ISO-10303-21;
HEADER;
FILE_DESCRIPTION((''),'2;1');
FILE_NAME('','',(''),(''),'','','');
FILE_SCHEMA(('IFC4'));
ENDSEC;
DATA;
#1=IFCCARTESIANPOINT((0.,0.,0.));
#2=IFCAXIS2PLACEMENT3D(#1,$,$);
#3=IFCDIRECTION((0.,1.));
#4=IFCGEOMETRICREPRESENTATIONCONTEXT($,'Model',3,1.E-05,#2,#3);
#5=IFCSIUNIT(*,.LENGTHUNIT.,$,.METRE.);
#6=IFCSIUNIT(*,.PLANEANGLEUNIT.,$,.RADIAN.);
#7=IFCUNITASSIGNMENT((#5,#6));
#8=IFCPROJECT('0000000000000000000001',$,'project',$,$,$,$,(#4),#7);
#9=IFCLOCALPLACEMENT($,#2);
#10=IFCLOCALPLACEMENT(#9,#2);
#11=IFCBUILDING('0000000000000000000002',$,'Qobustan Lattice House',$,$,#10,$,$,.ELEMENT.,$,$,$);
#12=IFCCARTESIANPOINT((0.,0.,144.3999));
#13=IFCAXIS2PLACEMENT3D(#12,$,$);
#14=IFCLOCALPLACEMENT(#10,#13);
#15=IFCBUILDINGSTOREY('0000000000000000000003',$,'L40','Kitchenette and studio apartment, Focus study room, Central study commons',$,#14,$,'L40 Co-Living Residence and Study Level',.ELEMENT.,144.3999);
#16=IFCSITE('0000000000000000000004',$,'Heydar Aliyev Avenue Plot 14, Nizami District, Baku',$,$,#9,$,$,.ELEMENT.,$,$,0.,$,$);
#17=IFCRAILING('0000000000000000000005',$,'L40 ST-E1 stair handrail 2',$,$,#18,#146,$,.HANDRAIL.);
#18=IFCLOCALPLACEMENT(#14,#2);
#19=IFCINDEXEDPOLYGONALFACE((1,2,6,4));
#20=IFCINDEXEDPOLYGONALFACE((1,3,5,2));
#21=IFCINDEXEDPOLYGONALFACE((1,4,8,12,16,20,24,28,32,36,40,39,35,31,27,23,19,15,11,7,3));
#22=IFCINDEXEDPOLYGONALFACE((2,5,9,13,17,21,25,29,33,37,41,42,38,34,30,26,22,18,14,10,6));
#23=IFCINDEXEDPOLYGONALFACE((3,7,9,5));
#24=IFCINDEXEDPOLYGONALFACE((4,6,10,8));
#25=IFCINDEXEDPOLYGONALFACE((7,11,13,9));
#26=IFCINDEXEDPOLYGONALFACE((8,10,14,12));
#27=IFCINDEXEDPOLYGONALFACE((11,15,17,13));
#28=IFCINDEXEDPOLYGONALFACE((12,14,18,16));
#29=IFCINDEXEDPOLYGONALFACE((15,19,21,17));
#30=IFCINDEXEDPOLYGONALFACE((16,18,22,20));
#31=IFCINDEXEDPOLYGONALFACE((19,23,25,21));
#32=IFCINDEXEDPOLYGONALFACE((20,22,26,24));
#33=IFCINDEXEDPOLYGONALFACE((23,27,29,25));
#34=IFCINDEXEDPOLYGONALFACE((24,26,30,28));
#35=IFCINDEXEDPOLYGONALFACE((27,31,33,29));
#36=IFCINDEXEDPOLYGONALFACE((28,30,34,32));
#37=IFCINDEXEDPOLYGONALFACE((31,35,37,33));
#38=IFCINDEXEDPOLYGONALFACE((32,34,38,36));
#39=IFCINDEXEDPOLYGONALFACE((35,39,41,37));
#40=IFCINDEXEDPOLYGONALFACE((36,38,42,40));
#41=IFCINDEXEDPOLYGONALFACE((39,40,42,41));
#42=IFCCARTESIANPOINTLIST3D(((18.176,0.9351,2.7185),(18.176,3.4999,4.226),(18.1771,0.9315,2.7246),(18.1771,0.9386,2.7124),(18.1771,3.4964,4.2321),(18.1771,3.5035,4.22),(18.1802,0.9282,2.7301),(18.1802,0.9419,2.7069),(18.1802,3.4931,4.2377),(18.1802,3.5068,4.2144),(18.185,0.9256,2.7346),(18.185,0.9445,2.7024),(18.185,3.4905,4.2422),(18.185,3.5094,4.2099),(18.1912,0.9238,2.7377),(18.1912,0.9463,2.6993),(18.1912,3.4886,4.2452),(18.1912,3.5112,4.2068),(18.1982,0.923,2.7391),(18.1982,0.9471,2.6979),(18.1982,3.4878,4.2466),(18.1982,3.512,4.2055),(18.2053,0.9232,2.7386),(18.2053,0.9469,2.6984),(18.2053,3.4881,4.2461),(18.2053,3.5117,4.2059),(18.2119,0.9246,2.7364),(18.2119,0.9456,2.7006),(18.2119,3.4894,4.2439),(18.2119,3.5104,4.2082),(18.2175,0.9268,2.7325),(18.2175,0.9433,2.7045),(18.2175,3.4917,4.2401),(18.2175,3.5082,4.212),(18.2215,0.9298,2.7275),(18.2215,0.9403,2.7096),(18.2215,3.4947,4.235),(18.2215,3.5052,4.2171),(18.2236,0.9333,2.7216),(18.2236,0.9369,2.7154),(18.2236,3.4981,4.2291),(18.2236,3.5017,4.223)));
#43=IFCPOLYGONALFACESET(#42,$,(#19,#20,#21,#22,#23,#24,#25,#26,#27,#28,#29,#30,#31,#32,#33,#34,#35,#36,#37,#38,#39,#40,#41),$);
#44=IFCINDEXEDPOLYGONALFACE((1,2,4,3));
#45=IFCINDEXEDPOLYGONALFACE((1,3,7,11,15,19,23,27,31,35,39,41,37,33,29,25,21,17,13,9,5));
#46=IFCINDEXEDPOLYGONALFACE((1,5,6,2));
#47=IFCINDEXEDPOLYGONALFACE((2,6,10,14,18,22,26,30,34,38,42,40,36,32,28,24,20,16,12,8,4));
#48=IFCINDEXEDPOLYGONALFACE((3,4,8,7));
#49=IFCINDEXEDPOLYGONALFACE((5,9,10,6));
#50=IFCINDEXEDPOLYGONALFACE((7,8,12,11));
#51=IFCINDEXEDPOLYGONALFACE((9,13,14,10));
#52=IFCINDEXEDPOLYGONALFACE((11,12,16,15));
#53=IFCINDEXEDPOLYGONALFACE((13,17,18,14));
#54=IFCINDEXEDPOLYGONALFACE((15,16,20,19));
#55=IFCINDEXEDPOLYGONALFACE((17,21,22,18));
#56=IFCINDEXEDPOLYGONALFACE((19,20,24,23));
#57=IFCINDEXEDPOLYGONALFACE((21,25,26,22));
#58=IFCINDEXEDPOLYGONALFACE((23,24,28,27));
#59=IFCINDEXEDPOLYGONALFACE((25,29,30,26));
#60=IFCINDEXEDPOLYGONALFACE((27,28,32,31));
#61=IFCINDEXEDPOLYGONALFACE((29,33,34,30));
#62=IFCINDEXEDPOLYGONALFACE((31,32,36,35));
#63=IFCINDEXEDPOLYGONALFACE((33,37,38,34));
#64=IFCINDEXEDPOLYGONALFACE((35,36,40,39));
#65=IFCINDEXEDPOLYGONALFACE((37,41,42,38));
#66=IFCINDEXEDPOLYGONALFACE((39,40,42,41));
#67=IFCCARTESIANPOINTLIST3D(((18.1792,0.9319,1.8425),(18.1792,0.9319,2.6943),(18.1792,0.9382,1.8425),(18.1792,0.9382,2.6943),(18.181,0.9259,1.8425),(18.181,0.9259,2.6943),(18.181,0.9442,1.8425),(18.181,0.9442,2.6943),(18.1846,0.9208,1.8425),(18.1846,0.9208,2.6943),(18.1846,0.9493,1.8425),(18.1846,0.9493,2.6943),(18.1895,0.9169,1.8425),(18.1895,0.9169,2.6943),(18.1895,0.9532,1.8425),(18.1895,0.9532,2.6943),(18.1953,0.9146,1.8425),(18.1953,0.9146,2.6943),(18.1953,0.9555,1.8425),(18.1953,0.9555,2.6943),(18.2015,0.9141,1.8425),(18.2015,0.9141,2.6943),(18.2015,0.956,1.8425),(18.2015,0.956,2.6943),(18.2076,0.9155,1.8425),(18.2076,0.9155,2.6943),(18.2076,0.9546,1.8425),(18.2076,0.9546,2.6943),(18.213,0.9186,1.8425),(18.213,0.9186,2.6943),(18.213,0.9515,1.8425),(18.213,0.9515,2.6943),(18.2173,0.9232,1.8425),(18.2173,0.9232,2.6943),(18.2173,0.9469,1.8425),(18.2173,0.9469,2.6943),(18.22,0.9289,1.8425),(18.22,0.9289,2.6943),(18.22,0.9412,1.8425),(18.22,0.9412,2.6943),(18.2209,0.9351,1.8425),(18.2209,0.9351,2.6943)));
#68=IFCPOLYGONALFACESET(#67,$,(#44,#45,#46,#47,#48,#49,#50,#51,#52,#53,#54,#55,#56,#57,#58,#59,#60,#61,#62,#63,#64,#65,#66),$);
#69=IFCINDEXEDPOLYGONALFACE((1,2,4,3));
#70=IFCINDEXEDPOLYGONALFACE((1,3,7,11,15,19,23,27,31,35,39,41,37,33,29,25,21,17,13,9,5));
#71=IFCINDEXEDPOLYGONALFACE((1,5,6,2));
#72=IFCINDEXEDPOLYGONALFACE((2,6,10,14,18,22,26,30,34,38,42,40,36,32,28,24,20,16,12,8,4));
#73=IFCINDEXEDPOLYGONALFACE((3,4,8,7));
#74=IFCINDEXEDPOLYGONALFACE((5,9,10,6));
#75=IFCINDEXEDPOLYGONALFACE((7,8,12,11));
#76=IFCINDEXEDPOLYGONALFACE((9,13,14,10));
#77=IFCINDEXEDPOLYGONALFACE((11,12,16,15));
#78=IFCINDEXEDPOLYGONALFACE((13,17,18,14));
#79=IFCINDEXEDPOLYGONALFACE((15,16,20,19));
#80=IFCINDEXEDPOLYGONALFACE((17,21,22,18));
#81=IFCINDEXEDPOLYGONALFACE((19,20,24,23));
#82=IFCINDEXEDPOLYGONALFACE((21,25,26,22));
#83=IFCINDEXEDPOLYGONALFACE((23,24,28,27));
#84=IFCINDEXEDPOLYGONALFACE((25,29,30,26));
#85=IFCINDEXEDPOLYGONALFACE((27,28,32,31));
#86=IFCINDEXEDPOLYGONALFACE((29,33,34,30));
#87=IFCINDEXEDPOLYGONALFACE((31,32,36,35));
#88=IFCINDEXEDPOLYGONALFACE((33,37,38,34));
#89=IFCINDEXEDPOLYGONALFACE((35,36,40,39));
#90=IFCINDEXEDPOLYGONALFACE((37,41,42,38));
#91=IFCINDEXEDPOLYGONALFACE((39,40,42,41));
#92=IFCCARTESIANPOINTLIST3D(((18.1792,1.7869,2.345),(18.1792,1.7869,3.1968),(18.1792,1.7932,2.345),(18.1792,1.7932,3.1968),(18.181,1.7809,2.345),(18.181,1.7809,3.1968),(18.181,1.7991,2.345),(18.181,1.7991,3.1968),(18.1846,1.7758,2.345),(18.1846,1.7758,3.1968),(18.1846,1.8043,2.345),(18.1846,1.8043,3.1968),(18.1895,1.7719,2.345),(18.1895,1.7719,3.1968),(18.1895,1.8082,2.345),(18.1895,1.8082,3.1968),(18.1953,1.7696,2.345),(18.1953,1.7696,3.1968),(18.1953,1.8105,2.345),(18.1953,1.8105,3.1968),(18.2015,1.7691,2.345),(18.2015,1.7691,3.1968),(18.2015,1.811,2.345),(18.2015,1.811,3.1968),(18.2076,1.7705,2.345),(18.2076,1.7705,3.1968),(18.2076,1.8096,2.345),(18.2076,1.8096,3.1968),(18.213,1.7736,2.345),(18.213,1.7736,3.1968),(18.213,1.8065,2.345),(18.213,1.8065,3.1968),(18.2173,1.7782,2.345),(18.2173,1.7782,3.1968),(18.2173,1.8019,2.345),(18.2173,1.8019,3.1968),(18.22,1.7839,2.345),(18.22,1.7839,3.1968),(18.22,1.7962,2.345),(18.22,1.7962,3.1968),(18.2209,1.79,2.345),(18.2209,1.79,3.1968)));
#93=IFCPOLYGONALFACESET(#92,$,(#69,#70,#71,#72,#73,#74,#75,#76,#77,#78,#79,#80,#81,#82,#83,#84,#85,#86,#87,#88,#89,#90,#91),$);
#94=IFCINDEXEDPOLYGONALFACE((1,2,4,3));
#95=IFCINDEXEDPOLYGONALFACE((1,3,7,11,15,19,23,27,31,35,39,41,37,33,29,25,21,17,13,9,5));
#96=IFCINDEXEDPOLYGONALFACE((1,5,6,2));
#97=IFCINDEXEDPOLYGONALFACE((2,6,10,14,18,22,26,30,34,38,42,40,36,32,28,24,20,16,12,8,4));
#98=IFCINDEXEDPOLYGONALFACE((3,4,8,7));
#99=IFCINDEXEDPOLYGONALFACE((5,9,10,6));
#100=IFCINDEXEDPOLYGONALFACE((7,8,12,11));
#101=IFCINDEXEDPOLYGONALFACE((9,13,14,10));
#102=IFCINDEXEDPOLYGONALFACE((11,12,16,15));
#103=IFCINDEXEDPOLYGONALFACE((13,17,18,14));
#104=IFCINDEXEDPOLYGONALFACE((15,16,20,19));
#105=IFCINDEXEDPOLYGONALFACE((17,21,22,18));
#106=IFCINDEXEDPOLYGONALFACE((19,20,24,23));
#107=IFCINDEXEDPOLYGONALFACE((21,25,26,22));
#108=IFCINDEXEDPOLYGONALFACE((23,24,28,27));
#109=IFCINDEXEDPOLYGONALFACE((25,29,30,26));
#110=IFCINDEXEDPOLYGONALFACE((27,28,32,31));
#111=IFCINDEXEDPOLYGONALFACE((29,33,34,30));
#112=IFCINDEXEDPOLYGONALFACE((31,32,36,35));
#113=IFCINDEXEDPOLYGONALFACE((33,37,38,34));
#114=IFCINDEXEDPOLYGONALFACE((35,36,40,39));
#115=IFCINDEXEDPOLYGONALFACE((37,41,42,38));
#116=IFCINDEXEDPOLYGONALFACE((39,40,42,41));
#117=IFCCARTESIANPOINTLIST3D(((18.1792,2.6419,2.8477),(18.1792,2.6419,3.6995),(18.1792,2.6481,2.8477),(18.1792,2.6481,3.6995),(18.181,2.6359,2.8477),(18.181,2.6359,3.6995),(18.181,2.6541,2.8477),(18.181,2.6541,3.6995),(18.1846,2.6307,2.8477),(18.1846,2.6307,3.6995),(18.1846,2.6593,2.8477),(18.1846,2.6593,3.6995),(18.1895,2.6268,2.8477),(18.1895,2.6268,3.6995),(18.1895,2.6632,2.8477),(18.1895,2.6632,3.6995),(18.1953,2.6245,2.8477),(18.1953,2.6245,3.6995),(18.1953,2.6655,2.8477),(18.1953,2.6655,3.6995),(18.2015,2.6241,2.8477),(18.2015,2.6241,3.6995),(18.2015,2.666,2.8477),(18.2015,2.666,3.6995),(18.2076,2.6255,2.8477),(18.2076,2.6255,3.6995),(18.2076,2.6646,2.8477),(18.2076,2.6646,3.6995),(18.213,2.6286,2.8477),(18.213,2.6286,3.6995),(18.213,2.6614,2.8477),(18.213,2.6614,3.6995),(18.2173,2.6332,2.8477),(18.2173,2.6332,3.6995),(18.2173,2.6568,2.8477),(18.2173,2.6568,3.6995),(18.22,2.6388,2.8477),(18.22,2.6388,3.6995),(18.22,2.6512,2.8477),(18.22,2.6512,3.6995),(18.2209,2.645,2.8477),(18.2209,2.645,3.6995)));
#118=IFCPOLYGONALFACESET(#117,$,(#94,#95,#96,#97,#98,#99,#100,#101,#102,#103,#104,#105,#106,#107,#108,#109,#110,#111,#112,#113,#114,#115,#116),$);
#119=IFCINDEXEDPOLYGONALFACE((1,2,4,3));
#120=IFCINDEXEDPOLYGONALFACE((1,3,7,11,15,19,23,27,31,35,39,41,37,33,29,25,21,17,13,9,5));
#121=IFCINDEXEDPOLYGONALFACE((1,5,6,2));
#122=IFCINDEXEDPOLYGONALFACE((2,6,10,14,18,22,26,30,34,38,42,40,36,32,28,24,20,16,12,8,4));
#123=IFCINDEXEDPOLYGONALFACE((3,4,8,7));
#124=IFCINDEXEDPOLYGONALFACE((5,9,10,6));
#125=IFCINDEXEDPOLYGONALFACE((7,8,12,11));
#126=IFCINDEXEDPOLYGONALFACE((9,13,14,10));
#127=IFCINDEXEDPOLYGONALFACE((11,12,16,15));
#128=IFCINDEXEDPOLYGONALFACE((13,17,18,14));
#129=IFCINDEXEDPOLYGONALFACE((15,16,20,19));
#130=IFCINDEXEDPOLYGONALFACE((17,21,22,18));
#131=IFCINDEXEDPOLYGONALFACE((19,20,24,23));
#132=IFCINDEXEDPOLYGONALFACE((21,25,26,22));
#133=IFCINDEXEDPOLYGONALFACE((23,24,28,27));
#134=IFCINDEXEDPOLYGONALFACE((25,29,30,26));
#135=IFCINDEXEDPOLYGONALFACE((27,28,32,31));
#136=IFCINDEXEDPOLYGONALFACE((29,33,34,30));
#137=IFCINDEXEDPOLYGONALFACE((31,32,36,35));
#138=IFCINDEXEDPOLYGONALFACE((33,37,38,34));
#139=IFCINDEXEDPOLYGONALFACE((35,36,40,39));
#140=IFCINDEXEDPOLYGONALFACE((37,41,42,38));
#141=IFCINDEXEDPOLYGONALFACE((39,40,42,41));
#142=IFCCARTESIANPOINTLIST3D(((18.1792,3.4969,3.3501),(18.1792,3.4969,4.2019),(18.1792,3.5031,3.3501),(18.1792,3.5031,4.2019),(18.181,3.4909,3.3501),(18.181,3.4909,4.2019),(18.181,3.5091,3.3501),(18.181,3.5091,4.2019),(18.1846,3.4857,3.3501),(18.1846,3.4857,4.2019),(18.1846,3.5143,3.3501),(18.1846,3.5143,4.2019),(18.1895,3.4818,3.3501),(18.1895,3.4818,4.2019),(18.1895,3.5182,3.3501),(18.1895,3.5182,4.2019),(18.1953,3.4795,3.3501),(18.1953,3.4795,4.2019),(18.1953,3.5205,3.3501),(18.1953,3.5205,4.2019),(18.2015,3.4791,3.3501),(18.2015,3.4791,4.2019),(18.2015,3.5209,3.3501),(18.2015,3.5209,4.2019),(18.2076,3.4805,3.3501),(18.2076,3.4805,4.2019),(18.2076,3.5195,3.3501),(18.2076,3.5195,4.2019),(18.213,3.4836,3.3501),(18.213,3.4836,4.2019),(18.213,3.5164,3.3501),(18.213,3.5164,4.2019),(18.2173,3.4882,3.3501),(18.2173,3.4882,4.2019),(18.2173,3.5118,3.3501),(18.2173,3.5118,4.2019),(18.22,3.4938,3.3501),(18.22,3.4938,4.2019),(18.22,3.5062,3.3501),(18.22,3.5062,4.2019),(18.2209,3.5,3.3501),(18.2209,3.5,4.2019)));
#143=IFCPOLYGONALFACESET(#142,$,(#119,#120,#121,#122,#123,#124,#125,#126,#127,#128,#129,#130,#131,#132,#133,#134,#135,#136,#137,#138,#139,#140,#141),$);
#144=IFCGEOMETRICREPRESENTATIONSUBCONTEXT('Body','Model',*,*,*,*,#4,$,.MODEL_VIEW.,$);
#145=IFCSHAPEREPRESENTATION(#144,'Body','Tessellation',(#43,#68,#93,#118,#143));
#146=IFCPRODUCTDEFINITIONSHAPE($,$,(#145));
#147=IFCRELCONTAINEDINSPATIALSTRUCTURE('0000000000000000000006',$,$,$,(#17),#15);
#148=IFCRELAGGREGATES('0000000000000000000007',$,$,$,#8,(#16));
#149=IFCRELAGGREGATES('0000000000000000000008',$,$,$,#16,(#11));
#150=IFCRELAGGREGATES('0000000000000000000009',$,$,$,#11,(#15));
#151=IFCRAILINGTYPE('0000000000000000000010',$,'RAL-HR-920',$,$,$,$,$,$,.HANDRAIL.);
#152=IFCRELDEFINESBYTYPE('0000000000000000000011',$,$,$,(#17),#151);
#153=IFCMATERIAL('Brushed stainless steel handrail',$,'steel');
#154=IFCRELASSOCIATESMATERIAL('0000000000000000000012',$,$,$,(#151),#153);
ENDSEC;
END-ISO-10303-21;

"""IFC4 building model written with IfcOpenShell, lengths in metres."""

from ifc_helpers import new_model, si_unit, direction, frame, origin, origin_2d, place, context, subcontext, project, spatial, circle, extrude, material, type_object, element, save


model = new_model("IFC4")

# Units and contexts
model_context = context("Model", 3, precision=1e-05, world=origin(), true_north=direction((0.0, 1.0)))
body_context = subcontext(model_context, "Body", "Model", "MODEL_VIEW")
ifc_project = project(units=[si_unit("LENGTHUNIT", "METRE"), si_unit("PLANEANGLEUNIT", "RADIAN")], contexts=[model_context])

# Site, building, storey
site_placement = place(None, origin())
site = spatial("IfcSite", under=ifc_project, at=site_placement, Name="Heydar Aliyev Avenue Plot 14, Nizami District, Baku", CompositionType="ELEMENT", RefElevation=0.0)
building_placement = place(site_placement, origin())
building = spatial("IfcBuilding", under=site, at=building_placement, Name="Qobustan Lattice House", CompositionType="ELEMENT")
storey_placement = place(building_placement, frame((0.0, 0.0, 144.3999)))
storey = spatial("IfcBuildingStorey", under=building, at=storey_placement, Name="L40", Description="Kitchenette and studio apartment, Focus study room, Central study commons", LongName="L40 Co-Living Residence and Study Level", CompositionType="ELEMENT", Elevation=144.3999)

# Railing
ifc_material_1 = material(Name="Brushed stainless steel handrail", Category="steel")
railing_type_1 = type_object("IfcRailingType", Name="RAL-HR-920", PredefinedType="HANDRAIL", material=ifc_material_1)
railing_1_placement = place(storey_placement, frame((18.2, 0.9351, 1.8425)))
element("IfcRailing", 1, at=railing_1_placement, inside=storey, type_object=railing_type_1, Name="L40 ST-E1 stair handrail 2", PredefinedType="HANDRAIL", context=body_context, shape_type="SweptSolid", body=[
    extrude(circle(Radius=0.0239, at=origin_2d()), frame((0.0, 0.0, 0.876), z_axis=(0.0, 0.862113, 0.506715), x_axis=(-1.0, 0.0, 0.0)), (0.0, 0.0, 1.0), 2.9751),
    extrude(circle(Radius=0.021, at=origin_2d()), origin(), (0.0, 0.0, 1.0), 0.8518),
    extrude(circle(Radius=0.021, at=origin_2d()), frame((0.0, 0.855, 0.5024)), (0.0, 0.0, 1.0), 0.8518),
    extrude(circle(Radius=0.021, at=origin_2d()), frame((0.0, 1.71, 1.0051)), (0.0, 0.0, 1.0), 0.8518),
    extrude(circle(Radius=0.021, at=origin_2d()), frame((0.0, 2.5649, 1.5076)), (0.0, 0.0, 1.0), 0.8518),
])

save(model, "model.ifc")
